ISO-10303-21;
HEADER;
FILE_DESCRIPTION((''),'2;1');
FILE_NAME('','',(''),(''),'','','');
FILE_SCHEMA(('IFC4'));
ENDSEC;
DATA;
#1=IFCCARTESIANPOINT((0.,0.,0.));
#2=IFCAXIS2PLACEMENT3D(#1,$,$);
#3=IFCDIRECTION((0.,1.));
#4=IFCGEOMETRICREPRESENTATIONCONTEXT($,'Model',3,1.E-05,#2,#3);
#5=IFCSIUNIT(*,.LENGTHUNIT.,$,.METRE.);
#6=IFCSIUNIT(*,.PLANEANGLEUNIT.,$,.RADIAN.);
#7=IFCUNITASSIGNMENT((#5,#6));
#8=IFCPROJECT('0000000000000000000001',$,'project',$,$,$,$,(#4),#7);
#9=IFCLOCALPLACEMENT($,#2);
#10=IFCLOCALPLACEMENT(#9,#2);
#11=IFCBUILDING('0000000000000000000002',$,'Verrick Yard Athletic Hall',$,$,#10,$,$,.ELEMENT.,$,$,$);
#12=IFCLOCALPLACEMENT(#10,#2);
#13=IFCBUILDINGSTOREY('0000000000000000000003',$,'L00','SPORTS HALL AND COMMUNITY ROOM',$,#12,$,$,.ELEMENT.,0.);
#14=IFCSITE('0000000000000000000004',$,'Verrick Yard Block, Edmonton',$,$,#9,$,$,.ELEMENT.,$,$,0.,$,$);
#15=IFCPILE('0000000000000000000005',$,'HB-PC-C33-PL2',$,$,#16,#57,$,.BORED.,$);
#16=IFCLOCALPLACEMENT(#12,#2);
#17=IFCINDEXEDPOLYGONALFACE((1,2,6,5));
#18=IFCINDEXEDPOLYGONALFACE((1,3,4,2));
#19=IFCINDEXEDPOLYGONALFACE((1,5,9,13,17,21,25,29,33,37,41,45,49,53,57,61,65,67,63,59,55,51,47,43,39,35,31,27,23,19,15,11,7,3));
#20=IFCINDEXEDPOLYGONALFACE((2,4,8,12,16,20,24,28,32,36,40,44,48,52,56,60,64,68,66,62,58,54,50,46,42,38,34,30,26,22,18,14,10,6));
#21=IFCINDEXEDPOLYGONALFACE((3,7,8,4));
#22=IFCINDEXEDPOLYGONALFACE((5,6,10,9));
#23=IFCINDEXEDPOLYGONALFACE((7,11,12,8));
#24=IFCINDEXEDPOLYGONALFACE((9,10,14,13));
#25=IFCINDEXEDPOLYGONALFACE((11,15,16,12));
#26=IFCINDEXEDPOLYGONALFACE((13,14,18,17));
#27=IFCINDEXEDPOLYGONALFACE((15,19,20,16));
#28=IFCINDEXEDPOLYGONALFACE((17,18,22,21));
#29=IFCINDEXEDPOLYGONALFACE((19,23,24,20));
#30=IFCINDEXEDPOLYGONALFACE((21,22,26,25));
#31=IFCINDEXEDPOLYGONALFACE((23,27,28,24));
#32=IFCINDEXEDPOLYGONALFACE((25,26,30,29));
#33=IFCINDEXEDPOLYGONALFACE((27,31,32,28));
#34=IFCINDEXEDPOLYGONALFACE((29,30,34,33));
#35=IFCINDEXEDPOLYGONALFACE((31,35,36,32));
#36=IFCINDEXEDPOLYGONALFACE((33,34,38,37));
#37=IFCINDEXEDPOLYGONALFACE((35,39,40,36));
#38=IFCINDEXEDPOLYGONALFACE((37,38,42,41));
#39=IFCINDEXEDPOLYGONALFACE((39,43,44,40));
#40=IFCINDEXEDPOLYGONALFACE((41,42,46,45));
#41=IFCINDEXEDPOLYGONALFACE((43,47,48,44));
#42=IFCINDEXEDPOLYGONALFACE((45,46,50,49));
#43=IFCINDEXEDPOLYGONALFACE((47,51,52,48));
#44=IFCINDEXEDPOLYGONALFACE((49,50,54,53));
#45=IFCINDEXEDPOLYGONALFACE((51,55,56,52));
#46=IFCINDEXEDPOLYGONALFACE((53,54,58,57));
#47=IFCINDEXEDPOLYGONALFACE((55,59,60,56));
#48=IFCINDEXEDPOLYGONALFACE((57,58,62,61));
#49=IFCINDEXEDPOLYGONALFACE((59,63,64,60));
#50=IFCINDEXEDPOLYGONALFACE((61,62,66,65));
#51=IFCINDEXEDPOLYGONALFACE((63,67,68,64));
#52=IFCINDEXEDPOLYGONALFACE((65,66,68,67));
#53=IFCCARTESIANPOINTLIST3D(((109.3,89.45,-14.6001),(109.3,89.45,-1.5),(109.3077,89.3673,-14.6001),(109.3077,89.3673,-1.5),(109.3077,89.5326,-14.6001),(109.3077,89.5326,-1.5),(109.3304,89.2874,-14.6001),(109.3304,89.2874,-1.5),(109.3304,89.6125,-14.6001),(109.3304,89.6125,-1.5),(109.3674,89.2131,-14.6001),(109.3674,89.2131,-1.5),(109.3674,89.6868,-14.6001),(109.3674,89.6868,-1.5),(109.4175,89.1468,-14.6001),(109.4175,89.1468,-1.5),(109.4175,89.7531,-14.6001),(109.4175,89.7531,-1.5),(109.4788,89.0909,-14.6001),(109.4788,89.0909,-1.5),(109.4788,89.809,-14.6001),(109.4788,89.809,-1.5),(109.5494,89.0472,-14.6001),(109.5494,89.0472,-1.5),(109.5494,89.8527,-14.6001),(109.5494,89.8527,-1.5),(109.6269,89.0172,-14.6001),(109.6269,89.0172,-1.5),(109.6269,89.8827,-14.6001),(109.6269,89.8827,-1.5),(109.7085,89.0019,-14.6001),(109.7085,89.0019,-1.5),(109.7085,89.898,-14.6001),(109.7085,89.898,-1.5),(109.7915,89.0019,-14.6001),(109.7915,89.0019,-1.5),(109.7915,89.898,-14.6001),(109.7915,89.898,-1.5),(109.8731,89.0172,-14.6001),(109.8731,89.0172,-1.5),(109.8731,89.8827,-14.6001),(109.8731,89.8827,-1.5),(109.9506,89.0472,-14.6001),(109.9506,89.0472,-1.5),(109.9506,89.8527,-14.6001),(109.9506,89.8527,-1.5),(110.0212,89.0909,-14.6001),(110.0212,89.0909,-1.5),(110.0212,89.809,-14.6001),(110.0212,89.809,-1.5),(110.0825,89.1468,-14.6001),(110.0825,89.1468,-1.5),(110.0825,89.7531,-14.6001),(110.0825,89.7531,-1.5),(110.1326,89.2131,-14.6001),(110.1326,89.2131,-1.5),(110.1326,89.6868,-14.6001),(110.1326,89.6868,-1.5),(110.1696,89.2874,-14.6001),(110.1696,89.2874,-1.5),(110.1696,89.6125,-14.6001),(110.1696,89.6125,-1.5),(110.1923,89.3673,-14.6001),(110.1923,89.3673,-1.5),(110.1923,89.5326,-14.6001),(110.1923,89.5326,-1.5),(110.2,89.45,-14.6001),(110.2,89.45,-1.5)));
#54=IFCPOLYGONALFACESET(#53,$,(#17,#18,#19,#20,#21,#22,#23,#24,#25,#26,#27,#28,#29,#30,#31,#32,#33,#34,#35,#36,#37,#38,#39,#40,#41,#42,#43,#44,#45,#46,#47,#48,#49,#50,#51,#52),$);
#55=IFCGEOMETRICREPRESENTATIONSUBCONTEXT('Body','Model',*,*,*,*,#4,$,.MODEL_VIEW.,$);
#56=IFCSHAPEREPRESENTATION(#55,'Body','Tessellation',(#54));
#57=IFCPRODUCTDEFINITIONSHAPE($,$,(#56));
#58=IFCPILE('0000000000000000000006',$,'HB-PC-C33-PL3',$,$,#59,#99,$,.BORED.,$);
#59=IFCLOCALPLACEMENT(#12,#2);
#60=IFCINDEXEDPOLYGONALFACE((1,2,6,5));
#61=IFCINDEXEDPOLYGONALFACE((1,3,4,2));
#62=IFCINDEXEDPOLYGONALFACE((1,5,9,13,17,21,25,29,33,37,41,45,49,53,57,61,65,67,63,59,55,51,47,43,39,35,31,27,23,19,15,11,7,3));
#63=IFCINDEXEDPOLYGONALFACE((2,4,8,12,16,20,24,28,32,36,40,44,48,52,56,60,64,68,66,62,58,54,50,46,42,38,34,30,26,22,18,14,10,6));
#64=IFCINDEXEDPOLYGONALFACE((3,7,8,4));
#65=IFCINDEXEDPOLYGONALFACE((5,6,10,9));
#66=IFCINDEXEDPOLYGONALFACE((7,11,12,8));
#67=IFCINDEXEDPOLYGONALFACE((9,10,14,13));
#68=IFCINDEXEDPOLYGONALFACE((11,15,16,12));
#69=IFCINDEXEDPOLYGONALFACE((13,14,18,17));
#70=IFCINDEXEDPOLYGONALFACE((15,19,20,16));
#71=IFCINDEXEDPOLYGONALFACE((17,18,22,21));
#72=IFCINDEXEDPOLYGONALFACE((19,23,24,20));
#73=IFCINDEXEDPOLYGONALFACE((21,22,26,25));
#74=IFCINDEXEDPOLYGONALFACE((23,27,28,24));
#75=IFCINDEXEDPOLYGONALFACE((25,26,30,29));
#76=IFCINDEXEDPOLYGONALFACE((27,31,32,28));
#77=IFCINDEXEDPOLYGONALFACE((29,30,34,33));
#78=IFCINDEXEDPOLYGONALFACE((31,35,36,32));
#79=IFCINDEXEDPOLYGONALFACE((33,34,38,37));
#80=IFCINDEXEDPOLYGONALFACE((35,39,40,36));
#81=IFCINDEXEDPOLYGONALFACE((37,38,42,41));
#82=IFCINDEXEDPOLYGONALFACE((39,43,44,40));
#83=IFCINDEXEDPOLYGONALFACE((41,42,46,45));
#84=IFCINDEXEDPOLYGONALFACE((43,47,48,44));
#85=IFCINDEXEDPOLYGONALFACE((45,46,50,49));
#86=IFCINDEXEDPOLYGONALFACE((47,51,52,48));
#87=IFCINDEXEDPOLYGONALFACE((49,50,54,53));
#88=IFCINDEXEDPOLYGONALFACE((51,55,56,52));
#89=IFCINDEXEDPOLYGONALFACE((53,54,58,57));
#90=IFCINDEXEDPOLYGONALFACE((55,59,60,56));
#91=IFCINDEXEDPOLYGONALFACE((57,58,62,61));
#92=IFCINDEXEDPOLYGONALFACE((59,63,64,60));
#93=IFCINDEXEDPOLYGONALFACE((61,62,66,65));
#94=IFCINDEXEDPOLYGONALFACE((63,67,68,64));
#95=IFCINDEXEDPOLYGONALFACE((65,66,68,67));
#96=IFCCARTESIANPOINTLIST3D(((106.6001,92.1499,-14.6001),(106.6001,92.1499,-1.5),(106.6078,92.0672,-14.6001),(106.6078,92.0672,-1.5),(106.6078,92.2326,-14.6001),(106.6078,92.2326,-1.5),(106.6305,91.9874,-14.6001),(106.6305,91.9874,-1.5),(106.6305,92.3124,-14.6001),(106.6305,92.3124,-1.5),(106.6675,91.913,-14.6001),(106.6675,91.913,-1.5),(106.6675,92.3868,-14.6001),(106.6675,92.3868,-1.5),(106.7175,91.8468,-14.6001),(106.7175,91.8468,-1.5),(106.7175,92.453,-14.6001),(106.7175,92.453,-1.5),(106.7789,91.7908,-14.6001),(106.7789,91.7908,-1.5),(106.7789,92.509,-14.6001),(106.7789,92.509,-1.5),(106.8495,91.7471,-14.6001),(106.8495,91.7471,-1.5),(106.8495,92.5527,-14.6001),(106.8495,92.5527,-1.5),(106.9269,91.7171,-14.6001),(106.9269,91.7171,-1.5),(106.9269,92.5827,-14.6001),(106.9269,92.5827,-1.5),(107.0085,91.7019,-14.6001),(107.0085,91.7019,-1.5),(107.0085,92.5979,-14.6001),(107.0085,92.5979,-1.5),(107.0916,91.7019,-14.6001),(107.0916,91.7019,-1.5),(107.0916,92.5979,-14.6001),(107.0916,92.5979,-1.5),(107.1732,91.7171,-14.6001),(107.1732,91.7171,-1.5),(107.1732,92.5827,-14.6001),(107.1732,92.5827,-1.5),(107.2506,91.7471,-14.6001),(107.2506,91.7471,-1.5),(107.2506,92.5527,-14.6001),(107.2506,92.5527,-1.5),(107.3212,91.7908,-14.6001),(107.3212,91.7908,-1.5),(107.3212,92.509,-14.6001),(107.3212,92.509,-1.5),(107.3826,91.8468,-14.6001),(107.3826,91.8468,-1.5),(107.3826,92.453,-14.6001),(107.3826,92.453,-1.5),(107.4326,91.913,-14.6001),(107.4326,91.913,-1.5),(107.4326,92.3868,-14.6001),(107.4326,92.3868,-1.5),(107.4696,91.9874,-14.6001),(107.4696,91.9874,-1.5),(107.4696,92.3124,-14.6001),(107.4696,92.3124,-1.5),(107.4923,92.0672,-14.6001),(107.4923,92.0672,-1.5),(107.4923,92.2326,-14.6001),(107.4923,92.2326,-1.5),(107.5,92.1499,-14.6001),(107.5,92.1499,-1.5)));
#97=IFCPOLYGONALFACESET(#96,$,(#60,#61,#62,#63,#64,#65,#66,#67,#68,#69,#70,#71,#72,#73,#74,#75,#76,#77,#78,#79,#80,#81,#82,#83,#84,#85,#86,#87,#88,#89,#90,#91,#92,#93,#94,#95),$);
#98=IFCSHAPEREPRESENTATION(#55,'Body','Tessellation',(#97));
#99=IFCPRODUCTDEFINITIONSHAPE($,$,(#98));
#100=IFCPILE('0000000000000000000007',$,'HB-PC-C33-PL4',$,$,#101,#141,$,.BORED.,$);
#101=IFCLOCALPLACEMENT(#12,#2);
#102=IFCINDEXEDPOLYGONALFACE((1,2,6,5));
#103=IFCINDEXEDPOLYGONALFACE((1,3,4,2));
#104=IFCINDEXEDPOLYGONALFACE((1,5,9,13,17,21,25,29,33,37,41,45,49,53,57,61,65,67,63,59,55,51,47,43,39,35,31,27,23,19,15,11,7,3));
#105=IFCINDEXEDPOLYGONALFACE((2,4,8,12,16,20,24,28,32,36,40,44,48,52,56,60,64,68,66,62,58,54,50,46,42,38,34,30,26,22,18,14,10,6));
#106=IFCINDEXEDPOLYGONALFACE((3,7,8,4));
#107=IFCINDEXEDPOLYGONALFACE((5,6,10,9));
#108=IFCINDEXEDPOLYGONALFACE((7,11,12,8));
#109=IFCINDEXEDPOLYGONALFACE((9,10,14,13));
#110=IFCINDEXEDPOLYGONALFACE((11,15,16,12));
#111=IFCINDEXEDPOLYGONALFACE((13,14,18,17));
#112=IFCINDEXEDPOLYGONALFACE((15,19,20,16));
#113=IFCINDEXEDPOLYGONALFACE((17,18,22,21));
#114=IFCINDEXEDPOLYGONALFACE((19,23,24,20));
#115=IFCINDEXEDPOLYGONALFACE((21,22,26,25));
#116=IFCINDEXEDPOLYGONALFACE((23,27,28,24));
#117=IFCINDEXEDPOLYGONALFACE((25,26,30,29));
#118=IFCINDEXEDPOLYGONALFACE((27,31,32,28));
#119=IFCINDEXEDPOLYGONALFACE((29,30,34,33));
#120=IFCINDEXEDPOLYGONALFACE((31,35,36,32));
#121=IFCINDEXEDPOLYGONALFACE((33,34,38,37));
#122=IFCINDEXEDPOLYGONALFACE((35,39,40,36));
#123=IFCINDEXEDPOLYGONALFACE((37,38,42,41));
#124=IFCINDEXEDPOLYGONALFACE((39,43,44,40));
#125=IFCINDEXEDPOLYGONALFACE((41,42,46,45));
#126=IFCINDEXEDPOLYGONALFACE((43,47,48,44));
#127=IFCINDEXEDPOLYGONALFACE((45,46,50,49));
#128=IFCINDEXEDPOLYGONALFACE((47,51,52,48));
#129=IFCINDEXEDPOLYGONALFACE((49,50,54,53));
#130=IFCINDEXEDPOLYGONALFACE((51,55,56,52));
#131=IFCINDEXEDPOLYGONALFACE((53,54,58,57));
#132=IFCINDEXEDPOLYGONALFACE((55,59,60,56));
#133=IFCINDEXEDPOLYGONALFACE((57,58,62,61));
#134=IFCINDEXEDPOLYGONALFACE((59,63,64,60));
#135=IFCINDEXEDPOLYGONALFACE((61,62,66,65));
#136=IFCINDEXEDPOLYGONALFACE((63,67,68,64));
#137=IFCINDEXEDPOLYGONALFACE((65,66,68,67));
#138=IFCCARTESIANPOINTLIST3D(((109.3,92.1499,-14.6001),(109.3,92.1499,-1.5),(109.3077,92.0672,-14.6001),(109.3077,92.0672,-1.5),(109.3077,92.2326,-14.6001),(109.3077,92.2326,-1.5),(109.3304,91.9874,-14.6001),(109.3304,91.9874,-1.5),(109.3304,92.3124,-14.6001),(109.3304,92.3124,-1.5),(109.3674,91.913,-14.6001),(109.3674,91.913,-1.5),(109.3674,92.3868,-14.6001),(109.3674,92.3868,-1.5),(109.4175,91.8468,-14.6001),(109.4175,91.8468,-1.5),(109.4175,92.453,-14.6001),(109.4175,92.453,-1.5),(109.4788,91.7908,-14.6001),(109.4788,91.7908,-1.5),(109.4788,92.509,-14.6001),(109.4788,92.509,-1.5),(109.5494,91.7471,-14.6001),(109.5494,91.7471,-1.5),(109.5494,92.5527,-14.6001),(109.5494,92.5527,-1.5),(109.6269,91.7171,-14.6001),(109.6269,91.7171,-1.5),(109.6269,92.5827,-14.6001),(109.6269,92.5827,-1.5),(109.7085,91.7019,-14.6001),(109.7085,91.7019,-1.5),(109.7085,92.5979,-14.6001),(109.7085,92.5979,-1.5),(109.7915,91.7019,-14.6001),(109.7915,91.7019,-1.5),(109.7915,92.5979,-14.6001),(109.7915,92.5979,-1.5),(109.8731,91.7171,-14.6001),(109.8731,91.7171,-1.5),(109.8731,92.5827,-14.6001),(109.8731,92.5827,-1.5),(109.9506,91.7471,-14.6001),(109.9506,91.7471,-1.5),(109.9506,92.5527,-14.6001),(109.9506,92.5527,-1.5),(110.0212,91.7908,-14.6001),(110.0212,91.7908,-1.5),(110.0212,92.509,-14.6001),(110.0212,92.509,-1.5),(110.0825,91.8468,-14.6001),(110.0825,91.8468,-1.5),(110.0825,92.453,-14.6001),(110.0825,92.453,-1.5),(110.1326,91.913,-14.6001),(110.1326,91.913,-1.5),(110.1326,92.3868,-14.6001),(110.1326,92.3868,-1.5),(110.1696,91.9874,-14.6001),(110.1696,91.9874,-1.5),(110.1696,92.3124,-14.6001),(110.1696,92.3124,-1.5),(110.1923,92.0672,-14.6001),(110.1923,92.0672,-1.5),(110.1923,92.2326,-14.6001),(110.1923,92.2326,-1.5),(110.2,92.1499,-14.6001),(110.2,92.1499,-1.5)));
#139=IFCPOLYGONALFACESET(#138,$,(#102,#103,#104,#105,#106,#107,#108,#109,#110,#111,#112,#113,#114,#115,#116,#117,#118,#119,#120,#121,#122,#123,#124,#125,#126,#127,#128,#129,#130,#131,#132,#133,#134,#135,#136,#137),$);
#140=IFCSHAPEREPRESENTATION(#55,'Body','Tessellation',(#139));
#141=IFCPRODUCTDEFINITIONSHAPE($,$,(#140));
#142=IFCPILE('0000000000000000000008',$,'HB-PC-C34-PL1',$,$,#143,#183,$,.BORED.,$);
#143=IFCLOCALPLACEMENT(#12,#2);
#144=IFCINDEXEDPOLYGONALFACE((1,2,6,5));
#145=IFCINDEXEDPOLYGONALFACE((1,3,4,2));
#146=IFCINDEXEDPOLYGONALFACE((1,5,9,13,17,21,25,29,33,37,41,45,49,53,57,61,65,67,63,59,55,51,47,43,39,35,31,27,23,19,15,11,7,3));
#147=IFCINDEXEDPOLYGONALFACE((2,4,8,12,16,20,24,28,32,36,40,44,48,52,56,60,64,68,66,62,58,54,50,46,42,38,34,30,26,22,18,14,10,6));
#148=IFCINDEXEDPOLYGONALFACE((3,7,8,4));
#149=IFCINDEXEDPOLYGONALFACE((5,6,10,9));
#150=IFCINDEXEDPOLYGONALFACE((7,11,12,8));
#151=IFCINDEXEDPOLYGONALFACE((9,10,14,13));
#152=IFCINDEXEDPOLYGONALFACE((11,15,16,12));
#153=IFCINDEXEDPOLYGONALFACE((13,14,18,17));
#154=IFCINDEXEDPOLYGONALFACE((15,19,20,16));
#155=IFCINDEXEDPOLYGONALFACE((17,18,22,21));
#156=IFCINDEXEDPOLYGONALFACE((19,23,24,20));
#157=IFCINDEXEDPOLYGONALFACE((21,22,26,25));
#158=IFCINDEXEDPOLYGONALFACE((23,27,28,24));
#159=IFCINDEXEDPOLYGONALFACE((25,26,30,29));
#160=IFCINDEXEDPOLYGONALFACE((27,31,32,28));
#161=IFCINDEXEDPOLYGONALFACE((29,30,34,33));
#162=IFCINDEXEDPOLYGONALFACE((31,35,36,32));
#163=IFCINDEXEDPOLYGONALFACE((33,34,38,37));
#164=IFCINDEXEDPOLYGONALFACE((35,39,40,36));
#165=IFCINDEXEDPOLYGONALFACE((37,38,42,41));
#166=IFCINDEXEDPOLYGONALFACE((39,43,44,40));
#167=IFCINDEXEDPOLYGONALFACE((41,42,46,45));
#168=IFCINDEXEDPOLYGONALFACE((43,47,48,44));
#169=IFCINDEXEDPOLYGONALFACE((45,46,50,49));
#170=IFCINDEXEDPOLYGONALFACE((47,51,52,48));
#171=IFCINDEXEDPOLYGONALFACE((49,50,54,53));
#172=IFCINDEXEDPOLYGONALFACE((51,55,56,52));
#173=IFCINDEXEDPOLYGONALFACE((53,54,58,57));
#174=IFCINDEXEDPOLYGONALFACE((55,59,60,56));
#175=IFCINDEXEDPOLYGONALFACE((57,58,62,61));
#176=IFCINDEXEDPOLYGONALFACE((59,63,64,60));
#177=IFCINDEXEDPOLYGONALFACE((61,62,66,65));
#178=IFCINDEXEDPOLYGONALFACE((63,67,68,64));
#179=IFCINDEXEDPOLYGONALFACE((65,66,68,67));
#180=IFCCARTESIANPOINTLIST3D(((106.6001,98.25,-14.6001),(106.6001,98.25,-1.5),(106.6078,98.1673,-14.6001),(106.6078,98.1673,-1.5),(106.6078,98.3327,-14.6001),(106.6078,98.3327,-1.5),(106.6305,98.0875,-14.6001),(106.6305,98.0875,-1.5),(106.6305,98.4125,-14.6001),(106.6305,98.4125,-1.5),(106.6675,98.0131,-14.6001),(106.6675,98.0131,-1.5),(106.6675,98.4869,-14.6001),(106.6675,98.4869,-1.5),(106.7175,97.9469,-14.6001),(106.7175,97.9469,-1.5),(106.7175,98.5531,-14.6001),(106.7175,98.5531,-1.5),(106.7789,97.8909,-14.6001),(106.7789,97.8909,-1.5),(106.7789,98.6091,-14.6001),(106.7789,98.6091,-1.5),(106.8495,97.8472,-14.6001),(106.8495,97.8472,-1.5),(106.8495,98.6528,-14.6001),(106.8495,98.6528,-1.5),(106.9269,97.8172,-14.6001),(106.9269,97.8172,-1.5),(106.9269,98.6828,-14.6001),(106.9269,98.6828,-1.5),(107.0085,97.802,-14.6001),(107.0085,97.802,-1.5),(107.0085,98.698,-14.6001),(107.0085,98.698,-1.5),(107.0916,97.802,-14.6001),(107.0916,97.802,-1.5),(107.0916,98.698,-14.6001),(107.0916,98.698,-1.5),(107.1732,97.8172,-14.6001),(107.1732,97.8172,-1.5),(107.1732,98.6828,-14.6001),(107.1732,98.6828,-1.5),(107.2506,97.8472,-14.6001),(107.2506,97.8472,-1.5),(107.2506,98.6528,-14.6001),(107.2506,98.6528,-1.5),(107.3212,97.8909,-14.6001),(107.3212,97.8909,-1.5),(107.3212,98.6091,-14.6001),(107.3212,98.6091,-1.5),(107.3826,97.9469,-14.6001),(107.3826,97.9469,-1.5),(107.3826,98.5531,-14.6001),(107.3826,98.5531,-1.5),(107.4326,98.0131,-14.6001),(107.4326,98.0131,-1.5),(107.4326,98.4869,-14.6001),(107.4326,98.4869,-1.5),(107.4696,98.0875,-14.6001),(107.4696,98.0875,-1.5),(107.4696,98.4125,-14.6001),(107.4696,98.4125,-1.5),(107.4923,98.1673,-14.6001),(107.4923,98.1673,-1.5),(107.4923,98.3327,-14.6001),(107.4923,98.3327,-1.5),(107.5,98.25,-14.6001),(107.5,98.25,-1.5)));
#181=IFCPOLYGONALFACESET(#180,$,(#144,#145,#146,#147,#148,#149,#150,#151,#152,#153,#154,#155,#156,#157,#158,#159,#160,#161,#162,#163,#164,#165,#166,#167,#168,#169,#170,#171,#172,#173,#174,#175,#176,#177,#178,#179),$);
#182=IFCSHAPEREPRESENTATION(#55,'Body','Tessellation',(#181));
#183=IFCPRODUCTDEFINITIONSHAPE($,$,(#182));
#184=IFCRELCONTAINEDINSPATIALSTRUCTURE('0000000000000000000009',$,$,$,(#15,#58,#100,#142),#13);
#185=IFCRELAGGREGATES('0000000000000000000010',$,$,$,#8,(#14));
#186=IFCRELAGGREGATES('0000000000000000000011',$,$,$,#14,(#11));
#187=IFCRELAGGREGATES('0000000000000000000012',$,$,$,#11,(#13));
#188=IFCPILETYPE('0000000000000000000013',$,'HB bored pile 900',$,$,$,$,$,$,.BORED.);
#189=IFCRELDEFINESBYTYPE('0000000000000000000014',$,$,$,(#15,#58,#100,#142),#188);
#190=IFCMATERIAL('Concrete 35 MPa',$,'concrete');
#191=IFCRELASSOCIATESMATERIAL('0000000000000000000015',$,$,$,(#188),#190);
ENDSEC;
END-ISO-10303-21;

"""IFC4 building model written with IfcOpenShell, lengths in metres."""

from ifc_helpers import new_model, si_unit, direction, frame, origin, origin_2d, place, context, subcontext, project, spatial, circle, extrude, material, material_profile, profile_set, type_object, element, save


model = new_model("IFC4")

# Units and contexts
model_context = context("Model", 3, precision=1e-05, world=origin(), true_north=direction((0.0, 1.0)))
body_context = subcontext(model_context, "Body", "Model", "MODEL_VIEW")
ifc_project = project(units=[si_unit("LENGTHUNIT", "METRE"), si_unit("PLANEANGLEUNIT", "RADIAN")], contexts=[model_context])

# Site, building, storey
site_placement = place(None, origin())
site = spatial("IfcSite", under=ifc_project, at=site_placement, Name="Verrick Yard Block, Edmonton", CompositionType="ELEMENT", RefElevation=0.0)
building_placement = place(site_placement, origin())
building = spatial("IfcBuilding", under=site, at=building_placement, Name="Verrick Yard Athletic Hall", CompositionType="ELEMENT")
storey_placement = place(building_placement, origin())
storey = spatial("IfcBuildingStorey", under=building, at=storey_placement, Name="L00", Description="SPORTS HALL AND COMMUNITY ROOM", CompositionType="ELEMENT", Elevation=0.0)

# Piles
ifc_material_1 = material(Name="Concrete 35 MPa", Category="concrete")
ifc_material_profile_1 = material_profile(ifc_material_1, circle(Radius=0.45, at=origin_2d()), Name="Bored pile 900")
ifc_profile_set_1 = profile_set([ifc_material_profile_1], Name="Concrete 35 MPa")
pile_type = type_object("IfcPileType", Name="HB bored pile 900", PredefinedType="BORED", material=ifc_profile_set_1)
for number, where, z_axis, x_axis, name in (
    (1, (109.75, 89.45, -1.5), (0.0, 0.0, -1.0), (1.0, 0.0, 0.0), "HB-PC-C33-PL2"),
    (2, (107.05, 92.1499, -1.5), (0.0, 0.0, -1.0), (1.0, 0.0, 0.0), "HB-PC-C33-PL3"),
    (3, (109.75, 92.1499, -1.5), (0.0, 0.0, -1.0), (1.0, 0.0, 0.0), "HB-PC-C33-PL4"),
    (4, (107.05, 98.25, -1.5), (0.0, 0.0, -1.0), (1.0, 0.0, 0.0), "HB-PC-C34-PL1"),
):
    element("IfcPile", number, at=place(storey_placement, frame(where, z_axis=z_axis, x_axis=x_axis)), inside=storey, type_object=pile_type, Name=name, PredefinedType="BORED", context=body_context, shape_type="SweptSolid", body=[
        extrude(circle(Radius=0.45, at=origin_2d()), origin(), (0.0, 0.0, 1.0), 13.1001),
    ])

save(model, "model.ifc")
